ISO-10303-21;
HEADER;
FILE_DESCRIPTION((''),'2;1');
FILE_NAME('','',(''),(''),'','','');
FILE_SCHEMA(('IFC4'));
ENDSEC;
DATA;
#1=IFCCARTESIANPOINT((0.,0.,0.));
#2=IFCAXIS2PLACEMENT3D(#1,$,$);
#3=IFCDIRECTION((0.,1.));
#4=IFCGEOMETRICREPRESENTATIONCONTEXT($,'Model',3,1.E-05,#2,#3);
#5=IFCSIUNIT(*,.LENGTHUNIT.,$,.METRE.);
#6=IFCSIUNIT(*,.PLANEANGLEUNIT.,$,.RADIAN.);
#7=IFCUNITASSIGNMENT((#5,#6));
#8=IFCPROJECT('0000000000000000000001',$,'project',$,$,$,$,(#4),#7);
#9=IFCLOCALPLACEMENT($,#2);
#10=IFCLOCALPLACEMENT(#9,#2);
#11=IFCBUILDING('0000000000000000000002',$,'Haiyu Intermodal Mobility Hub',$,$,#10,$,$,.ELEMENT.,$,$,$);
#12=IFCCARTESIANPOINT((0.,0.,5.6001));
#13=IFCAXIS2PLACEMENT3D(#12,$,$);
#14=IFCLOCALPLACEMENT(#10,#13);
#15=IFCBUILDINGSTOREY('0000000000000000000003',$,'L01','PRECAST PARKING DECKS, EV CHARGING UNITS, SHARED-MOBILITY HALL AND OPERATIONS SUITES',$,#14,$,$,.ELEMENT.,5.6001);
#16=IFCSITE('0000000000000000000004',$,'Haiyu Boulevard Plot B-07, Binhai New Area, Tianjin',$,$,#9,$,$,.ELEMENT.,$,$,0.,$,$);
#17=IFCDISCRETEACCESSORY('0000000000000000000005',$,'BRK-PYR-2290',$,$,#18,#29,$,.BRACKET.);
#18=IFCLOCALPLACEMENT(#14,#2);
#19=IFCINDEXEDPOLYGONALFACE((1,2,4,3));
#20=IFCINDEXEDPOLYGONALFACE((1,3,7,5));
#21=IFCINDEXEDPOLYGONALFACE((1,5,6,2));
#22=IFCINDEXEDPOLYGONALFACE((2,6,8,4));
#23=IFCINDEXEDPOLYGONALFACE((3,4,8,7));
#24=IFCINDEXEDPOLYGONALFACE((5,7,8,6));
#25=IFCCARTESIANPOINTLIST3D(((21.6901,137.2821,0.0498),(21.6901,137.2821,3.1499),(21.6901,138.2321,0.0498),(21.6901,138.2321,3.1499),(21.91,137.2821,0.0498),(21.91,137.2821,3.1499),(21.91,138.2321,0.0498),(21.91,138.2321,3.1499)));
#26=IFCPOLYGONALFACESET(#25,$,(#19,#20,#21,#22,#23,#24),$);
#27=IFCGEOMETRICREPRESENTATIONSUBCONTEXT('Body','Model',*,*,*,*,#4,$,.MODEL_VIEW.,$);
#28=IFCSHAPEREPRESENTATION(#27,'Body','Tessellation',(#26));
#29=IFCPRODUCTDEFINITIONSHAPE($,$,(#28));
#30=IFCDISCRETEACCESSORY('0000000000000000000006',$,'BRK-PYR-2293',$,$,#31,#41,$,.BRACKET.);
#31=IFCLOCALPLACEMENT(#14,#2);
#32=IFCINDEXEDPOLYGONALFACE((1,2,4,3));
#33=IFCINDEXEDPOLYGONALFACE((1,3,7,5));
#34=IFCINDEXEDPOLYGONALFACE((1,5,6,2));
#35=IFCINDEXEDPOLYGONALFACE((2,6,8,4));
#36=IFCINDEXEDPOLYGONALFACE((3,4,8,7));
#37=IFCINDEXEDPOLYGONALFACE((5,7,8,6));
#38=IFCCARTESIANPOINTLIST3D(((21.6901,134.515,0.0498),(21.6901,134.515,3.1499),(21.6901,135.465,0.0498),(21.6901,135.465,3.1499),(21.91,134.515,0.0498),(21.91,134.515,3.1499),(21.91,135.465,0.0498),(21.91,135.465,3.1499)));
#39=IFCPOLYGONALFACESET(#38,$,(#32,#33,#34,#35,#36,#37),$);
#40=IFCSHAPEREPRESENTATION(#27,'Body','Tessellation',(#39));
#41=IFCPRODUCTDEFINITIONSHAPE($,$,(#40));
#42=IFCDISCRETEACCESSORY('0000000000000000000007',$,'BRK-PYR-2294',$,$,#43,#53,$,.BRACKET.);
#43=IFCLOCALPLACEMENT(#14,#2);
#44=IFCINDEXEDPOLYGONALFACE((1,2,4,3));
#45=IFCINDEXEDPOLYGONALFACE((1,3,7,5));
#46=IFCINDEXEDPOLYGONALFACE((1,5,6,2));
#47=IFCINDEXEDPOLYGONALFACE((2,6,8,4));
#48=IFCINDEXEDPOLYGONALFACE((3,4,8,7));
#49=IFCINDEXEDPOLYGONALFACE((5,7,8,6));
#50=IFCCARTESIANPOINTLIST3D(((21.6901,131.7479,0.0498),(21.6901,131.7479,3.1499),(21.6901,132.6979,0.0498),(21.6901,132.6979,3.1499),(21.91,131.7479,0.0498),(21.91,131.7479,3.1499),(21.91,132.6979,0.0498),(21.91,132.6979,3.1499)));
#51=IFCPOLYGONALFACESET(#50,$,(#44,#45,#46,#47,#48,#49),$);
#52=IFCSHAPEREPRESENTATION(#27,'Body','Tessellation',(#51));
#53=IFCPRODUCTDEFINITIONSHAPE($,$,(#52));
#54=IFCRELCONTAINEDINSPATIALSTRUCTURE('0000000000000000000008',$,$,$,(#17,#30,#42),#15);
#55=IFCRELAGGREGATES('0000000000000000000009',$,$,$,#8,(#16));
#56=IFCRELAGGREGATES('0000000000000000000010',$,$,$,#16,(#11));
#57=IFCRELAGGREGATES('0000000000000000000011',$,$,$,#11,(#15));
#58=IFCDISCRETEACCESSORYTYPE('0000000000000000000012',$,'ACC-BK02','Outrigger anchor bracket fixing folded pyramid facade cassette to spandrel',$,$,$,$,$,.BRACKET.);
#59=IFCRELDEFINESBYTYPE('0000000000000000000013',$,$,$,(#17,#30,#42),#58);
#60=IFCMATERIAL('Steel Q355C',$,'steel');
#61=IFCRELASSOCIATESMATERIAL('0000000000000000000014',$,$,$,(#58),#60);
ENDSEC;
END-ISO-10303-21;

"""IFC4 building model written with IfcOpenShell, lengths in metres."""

from ifc_helpers import new_model, si_unit, direction, frame, origin, origin_2d, place, context, subcontext, project, spatial, rectangle, extrude, material, type_object, element, save


model = new_model("IFC4")

# Units and contexts
model_context = context("Model", 3, precision=1e-05, world=origin(), true_north=direction((0.0, 1.0)))
body_context = subcontext(model_context, "Body", "Model", "MODEL_VIEW")
ifc_project = project(units=[si_unit("LENGTHUNIT", "METRE"), si_unit("PLANEANGLEUNIT", "RADIAN")], contexts=[model_context])

# Site, building, storey
site_placement = place(None, origin())
site = spatial("IfcSite", under=ifc_project, at=site_placement, Name="Haiyu Boulevard Plot B-07, Binhai New Area, Tianjin", CompositionType="ELEMENT", RefElevation=0.0)
building_placement = place(site_placement, origin())
building = spatial("IfcBuilding", under=site, at=building_placement, Name="Haiyu Intermodal Mobility Hub", CompositionType="ELEMENT")
storey_placement = place(building_placement, frame((0.0, 0.0, 5.6001)))
storey = spatial("IfcBuildingStorey", under=building, at=storey_placement, Name="L01", Description="PRECAST PARKING DECKS, EV CHARGING UNITS, SHARED-MOBILITY HALL AND OPERATIONS SUITES", CompositionType="ELEMENT", Elevation=5.6001)

# Shared definitions
ifc_material_1 = material(Name="Steel Q355C", Category="steel")

# Discrete accessories
discrete_accessory_type_1 = type_object("IfcDiscreteAccessoryType", Name="ACC-BK02", Description="Outrigger anchor bracket fixing folded pyramid facade cassette to spandrel", PredefinedType="BRACKET", material=ifc_material_1)
for number, where, z_axis, x_axis, name in (
    (1, (21.8, 137.7571, 0.0498), (0.0, 0.0, 1.0), (1.0, 0.0, 0.0), "BRK-PYR-2290"),
    (2, (21.8, 134.99, 0.0498), (0.0, 0.0, 1.0), (1.0, 0.0, 0.0), "BRK-PYR-2293"),
    (3, (21.8, 132.2229, 0.0498), (0.0, 0.0, 1.0), (1.0, 0.0, 0.0), "BRK-PYR-2294"),
):
    element("IfcDiscreteAccessory", number, at=place(storey_placement, frame(where, z_axis=z_axis, x_axis=x_axis)), inside=storey, type_object=discrete_accessory_type_1, Name=name, PredefinedType="BRACKET", context=body_context, shape_type="SweptSolid", body=[
        extrude(rectangle(XDim=0.22, YDim=0.95, at=origin_2d()), origin(), (0.0, 0.0, 1.0), 3.1001),
    ])

save(model, "model.ifc")
